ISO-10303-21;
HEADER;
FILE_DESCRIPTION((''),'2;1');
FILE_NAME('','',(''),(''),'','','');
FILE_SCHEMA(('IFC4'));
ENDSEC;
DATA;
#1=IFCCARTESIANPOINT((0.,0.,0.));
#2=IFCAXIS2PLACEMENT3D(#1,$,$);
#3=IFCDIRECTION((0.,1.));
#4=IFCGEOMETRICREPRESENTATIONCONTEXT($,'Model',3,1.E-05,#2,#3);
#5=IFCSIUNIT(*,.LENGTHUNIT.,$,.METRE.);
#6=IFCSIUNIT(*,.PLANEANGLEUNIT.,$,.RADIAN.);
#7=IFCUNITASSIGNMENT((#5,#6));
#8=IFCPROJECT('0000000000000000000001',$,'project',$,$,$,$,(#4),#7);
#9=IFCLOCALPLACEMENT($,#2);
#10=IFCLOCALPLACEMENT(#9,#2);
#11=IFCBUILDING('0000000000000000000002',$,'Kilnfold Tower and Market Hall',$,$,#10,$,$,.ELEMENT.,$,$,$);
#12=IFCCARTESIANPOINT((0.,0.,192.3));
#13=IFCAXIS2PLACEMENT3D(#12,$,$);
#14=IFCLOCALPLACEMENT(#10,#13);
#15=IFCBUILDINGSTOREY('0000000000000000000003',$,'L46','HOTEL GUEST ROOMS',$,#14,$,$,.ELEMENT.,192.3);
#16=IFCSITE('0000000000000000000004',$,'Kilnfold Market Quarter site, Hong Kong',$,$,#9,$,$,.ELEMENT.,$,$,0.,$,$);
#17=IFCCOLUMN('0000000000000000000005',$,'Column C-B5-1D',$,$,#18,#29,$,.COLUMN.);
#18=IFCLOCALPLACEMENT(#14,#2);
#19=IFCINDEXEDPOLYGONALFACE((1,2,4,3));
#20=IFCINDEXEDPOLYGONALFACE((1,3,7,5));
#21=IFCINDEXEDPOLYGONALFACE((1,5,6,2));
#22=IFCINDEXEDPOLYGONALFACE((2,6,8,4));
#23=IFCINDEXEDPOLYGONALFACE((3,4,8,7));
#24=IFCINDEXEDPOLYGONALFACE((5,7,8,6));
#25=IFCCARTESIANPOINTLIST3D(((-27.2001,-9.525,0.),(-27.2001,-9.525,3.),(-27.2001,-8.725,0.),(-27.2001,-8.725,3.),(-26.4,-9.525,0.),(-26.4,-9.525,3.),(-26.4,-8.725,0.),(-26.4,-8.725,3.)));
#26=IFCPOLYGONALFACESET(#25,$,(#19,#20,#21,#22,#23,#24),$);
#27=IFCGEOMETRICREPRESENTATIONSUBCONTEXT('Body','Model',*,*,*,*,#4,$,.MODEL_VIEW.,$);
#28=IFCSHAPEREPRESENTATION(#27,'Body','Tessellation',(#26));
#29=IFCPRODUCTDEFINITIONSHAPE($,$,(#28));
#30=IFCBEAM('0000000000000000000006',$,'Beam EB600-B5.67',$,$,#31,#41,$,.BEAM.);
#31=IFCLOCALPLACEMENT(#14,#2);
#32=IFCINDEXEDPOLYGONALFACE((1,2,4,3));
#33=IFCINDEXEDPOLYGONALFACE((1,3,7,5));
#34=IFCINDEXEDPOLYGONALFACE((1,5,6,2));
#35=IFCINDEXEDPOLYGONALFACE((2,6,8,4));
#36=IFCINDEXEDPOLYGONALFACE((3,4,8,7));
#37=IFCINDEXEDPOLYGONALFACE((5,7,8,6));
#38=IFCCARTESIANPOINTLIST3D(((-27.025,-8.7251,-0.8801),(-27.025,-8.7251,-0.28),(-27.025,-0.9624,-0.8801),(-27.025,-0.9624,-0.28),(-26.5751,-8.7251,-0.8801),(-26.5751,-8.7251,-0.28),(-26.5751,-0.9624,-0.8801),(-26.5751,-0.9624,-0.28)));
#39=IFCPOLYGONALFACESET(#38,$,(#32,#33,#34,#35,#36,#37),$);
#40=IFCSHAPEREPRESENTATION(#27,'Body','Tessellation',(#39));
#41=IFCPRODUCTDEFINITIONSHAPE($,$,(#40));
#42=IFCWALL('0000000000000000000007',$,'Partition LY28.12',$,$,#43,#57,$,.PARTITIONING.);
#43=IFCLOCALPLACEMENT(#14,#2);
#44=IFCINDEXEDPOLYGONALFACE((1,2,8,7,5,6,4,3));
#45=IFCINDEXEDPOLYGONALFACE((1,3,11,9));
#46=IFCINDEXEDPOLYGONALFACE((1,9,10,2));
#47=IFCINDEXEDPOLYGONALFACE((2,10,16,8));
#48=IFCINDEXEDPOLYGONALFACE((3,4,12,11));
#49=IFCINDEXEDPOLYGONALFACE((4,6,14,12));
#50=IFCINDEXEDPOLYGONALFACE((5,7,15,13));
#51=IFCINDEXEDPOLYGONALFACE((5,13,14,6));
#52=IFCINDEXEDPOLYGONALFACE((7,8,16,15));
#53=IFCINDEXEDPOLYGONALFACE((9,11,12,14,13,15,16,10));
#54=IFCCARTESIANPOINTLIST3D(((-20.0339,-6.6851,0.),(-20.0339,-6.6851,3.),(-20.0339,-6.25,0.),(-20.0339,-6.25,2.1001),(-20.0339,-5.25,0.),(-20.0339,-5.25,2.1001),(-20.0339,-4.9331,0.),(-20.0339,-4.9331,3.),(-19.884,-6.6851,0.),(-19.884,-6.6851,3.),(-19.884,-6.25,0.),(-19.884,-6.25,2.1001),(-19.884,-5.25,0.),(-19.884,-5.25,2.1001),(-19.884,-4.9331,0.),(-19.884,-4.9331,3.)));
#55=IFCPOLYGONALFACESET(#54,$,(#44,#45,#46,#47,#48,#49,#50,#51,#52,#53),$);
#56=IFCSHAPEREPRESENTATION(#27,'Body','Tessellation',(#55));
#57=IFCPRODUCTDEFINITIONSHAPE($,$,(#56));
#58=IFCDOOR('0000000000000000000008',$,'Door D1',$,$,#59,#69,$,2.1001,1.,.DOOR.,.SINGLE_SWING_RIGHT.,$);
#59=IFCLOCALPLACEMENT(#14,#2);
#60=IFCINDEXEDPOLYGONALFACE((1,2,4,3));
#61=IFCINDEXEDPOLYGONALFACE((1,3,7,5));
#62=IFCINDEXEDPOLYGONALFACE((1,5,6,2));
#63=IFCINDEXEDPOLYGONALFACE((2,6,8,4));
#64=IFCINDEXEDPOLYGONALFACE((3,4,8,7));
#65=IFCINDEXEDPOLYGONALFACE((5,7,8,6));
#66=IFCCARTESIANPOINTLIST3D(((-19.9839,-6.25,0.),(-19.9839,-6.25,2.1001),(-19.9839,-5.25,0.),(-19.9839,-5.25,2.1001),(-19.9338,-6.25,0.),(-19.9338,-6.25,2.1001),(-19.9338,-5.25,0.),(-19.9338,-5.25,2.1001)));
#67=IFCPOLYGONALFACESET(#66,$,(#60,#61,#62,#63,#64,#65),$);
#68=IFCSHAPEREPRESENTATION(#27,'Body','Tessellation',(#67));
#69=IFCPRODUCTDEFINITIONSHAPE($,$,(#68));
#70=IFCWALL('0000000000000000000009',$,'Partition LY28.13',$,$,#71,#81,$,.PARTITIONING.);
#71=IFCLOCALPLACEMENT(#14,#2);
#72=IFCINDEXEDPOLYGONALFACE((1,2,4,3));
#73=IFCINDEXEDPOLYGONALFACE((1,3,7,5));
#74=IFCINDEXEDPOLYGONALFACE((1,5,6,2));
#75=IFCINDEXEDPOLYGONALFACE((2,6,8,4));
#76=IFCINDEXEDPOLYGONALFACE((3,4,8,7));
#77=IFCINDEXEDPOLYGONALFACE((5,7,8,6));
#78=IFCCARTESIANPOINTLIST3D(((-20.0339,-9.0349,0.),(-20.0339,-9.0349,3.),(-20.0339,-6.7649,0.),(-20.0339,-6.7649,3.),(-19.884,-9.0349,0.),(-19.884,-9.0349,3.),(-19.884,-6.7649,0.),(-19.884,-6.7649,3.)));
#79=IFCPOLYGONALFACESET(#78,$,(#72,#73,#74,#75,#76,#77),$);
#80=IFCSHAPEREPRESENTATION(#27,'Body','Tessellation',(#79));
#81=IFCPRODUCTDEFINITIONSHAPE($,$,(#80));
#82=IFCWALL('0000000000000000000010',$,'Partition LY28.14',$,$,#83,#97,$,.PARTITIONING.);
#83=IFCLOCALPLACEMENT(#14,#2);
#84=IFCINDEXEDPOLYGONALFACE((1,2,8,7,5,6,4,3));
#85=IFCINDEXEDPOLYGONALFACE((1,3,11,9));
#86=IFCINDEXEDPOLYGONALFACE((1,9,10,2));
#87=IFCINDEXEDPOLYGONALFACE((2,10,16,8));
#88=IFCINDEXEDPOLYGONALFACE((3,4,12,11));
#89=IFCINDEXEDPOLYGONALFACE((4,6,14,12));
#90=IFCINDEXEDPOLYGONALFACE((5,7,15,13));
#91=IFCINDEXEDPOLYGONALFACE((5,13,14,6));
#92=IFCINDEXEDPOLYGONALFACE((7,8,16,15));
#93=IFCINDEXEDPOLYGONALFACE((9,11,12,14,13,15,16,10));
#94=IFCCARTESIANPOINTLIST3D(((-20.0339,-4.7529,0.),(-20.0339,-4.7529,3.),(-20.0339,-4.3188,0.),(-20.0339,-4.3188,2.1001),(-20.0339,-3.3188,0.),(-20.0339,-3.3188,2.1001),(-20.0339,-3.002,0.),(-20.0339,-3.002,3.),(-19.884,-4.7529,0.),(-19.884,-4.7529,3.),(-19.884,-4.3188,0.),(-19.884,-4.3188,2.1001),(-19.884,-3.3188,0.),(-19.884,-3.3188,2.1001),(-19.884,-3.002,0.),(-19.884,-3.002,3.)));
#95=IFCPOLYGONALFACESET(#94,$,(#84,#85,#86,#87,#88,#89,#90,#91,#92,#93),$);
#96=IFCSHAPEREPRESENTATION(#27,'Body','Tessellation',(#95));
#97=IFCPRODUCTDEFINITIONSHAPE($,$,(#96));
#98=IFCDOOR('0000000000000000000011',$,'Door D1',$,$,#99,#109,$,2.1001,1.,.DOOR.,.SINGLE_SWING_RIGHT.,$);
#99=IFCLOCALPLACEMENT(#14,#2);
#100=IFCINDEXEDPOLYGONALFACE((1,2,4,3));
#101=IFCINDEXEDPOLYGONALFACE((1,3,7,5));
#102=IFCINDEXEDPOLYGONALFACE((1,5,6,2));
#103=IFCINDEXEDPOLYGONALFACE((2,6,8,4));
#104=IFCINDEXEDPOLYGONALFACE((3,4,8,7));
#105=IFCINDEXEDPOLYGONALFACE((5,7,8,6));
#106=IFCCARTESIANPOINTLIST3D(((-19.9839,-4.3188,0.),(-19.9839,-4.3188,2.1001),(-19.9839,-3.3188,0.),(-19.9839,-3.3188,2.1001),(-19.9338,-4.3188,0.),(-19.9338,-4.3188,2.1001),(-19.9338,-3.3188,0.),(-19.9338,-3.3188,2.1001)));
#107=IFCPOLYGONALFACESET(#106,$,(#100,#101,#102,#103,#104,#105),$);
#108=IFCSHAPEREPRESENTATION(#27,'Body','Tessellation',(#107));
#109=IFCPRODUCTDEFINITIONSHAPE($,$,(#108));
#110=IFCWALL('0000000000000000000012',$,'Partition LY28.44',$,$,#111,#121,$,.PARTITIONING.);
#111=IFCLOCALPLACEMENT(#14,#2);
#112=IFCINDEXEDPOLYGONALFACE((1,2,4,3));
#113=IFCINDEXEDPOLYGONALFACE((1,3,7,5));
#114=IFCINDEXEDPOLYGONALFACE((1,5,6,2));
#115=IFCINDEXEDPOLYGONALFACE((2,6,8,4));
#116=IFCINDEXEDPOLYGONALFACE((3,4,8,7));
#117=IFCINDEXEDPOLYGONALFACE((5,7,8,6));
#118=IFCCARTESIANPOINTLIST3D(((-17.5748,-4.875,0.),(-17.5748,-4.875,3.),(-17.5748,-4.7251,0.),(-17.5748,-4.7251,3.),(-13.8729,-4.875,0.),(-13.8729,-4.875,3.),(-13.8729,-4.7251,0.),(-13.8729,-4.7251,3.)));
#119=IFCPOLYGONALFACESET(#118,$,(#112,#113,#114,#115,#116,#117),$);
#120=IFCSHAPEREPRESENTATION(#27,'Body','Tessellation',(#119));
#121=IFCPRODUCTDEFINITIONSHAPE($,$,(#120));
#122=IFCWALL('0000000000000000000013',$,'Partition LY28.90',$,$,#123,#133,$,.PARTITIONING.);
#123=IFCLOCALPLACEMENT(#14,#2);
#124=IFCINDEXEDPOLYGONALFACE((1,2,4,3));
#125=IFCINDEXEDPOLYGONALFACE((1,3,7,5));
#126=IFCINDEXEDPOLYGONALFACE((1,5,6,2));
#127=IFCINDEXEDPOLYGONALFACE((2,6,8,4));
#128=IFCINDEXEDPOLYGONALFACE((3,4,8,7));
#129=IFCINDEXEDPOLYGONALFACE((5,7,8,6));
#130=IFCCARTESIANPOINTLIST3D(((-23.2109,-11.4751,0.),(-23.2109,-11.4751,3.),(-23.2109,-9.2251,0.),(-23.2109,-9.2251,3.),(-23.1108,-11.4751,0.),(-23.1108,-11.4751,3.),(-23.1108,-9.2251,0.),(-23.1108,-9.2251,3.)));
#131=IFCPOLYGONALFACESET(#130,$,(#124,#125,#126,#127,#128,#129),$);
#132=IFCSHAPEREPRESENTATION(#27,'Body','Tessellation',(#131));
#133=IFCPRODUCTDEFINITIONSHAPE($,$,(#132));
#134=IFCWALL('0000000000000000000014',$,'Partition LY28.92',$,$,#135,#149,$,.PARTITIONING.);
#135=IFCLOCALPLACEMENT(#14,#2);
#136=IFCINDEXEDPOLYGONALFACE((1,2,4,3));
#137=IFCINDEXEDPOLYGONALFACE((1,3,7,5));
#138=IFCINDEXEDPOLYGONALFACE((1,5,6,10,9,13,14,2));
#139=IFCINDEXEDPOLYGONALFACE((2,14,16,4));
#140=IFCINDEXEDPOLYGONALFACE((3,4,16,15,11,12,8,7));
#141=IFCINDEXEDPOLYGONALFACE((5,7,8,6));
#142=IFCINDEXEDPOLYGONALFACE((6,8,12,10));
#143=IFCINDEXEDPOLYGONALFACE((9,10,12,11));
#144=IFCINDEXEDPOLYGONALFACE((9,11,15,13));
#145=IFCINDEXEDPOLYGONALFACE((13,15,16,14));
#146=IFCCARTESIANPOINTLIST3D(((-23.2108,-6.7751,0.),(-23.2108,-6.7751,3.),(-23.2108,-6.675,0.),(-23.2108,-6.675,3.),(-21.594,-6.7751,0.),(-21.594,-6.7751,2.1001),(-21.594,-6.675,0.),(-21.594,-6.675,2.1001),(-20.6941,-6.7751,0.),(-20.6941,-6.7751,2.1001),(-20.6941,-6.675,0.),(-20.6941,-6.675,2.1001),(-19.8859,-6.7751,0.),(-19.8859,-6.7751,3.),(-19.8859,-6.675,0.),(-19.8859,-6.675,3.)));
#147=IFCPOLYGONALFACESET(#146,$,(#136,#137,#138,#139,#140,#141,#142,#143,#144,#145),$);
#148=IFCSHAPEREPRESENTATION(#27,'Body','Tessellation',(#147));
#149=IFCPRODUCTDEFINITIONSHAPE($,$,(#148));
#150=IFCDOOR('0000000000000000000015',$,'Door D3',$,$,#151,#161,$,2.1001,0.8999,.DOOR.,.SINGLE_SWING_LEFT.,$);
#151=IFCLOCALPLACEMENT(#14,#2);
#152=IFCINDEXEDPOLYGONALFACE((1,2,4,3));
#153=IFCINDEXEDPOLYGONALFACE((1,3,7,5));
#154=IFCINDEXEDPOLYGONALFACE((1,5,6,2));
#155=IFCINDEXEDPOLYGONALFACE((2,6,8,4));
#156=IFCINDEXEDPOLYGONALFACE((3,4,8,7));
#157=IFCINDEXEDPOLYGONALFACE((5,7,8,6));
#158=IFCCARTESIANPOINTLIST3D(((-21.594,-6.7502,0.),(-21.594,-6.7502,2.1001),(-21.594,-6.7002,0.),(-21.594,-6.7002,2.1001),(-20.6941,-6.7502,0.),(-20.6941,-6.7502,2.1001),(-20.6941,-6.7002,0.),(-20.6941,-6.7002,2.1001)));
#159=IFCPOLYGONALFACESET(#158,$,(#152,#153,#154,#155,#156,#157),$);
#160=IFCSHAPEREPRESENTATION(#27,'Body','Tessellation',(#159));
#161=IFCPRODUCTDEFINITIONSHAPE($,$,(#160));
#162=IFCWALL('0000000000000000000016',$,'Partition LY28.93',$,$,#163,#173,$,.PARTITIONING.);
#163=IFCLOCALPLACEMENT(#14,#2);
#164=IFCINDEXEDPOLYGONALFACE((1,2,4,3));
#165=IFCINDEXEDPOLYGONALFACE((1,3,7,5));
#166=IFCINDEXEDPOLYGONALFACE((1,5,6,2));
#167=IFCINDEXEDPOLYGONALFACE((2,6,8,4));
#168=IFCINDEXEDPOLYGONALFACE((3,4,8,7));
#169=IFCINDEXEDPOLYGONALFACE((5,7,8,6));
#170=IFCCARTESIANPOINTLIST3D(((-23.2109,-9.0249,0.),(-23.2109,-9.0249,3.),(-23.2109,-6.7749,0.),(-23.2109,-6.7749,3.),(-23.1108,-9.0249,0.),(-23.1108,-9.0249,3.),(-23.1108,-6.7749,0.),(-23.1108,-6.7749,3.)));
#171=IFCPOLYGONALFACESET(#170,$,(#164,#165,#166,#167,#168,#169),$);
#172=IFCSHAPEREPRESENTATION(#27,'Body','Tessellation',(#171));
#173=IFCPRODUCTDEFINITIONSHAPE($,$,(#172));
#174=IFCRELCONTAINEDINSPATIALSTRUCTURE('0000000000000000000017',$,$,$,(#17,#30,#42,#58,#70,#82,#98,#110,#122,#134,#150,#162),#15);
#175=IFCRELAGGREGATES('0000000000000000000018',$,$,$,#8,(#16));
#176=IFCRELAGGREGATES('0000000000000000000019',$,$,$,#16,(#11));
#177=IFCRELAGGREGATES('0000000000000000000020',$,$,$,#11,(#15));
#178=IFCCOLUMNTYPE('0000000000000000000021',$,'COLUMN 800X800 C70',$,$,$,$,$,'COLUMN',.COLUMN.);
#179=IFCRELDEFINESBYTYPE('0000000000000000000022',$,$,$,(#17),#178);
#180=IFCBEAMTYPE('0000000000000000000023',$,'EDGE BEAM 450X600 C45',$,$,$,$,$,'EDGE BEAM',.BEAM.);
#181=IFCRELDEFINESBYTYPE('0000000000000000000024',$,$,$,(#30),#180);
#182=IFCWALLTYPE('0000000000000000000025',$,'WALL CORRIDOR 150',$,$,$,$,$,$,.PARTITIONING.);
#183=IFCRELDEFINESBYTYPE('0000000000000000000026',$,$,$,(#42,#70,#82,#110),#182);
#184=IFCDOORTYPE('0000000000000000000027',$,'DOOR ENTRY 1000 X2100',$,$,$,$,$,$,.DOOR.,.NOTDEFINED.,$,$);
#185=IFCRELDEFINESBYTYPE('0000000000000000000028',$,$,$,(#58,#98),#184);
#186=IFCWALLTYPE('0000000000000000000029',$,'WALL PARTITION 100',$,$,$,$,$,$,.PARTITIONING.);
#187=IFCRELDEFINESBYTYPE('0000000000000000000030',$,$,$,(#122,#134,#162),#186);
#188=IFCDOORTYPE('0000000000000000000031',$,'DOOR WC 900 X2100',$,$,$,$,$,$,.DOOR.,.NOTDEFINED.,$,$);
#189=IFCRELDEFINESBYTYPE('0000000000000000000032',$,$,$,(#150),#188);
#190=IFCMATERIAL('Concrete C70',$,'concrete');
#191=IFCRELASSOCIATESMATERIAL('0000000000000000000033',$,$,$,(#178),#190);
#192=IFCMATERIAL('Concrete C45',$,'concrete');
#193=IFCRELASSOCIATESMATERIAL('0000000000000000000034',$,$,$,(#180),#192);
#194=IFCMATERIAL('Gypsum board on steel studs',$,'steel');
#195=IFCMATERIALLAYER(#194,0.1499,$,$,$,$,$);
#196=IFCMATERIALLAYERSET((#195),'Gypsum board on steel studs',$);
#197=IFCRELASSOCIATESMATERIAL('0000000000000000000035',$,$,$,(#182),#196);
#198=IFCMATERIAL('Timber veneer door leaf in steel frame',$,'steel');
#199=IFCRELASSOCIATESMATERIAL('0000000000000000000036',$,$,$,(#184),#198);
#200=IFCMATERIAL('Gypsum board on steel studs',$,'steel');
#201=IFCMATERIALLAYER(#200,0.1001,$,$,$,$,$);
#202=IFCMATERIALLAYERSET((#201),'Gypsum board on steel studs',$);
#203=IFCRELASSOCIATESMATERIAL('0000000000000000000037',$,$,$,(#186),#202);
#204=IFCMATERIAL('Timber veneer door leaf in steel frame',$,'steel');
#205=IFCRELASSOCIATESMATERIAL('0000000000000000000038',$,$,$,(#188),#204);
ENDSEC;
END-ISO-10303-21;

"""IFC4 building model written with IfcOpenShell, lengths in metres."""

from ifc_helpers import new_model, si_unit, direction, frame, frame_2d, origin, origin_2d, place, context, subcontext, project, spatial, rectangle, extrude, source, transform, mapped, material, layer, layer_set, material_profile, profile_set, type_object, element, fill, save


model = new_model("IFC4")

# Units and contexts
model_context = context("Model", 3, precision=1e-05, world=origin(), true_north=direction((0.0, 1.0)))
body_context = subcontext(model_context, "Body", "Model", "MODEL_VIEW")
ifc_project = project(units=[si_unit("LENGTHUNIT", "METRE"), si_unit("PLANEANGLEUNIT", "RADIAN")], contexts=[model_context])

# Site, building, storey
site_placement = place(None, origin())
site = spatial("IfcSite", under=ifc_project, at=site_placement, Name="Kilnfold Market Quarter site, Hong Kong", CompositionType="ELEMENT", RefElevation=0.0)
building_placement = place(site_placement, origin())
building = spatial("IfcBuilding", under=site, at=building_placement, Name="Kilnfold Tower and Market Hall", CompositionType="ELEMENT")
storey_placement = place(building_placement, frame((0.0, 0.0, 192.3)))
storey = spatial("IfcBuildingStorey", under=building, at=storey_placement, Name="L46", Description="HOTEL GUEST ROOMS", CompositionType="ELEMENT", Elevation=192.3)

# Column
ifc_material_1 = material(Name="Concrete C70", Category="concrete")
ifc_material_profile_1 = material_profile(ifc_material_1, rectangle(XDim=0.8, YDim=0.8, at=origin_2d()), Name="RC 800x800")
ifc_profile_set_1 = profile_set([ifc_material_profile_1], Name="Concrete C70")
column_type = type_object("IfcColumnType", Name="COLUMN 800X800 C70", ElementType="COLUMN", PredefinedType="COLUMN", material=ifc_profile_set_1)
shared_shape_1 = source(origin(), body_context, "Body", "SweptSolid", [
    extrude(rectangle(XDim=0.8, YDim=0.8, at=origin_2d()), origin(), (0.0, 0.0, 1.0), 3.0),
])
column_placement = place(storey_placement, frame((-26.8, -9.125, 0.0), z_axis=(0.0, 0.0, 1.0), x_axis=(1.0, 0.0, 0.0)))
element("IfcColumn", 1, at=column_placement, inside=storey, type_object=column_type, Name="Column C-B5-1D", PredefinedType="COLUMN", context=body_context, shape_type="MappedRepresentation", body=[
    mapped(shared_shape_1, transform((0.0, 0.0, 0.0))),
])

# Beam
ifc_material_2 = material(Name="Concrete C45", Category="concrete")
ifc_material_profile_2 = material_profile(ifc_material_2, rectangle(XDim=0.45, YDim=0.6001, at=origin_2d()), Name="RC 450x600")
ifc_profile_set_2 = profile_set([ifc_material_profile_2], Name="Concrete C45")
beam_type = type_object("IfcBeamType", Name="EDGE BEAM 450X600 C45", ElementType="EDGE BEAM", PredefinedType="BEAM", material=ifc_profile_set_2)
shared_shape_2 = source(origin(), body_context, "Body", "SweptSolid", [
    extrude(rectangle(XDim=0.45, YDim=0.6001, at=origin_2d()), origin(), (0.0, 0.0, 1.0), 7.7627),
])
beam_placement = place(storey_placement, frame((-26.8, -8.7251, -0.5801), z_axis=(0.0, 1.0, 0.0), x_axis=(-1.0, 0.0, 0.0)))
element("IfcBeam", 2, at=beam_placement, inside=storey, type_object=beam_type, Name="Beam EB600-B5.67", PredefinedType="BEAM", context=body_context, shape_type="MappedRepresentation", body=[
    mapped(shared_shape_2, transform((0.0, 0.0, 0.0))),
])

# Wall, opening, door
ifc_material_3 = material(Name="Gypsum board on steel studs", Category="steel")
ifc_layer_1 = layer(ifc_material_3, 0.1499)
ifc_layer_set_1 = layer_set([ifc_layer_1], Name="Gypsum board on steel studs")
wall_type_1 = type_object("IfcWallType", Name="WALL CORRIDOR 150", PredefinedType="PARTITIONING", material=ifc_layer_set_1)
wall_1_placement = place(storey_placement, frame((-19.959, -6.6851, 0.0), z_axis=(0.0, 0.0, 1.0), x_axis=(0.0, 1.0, 0.0)))
wall_1 = element("IfcWall", 3, at=wall_1_placement, inside=storey, type_object=wall_type_1, Name="Partition LY28.12", PredefinedType="PARTITIONING", context=body_context, shape_type="SweptSolid", body=[
    extrude(rectangle(XDim=1.752, YDim=0.1499, at=frame_2d((0.876, 0.0))), origin(), (0.0, 0.0, 1.0), 3.0),
])
opening_1_placement = place(wall_1_placement, frame((0.4351, 0.0, 0.0)))
opening_1 = element("IfcOpeningElement", 4, at=opening_1_placement, cuts=wall_1, PredefinedType="OPENING", context=body_context, shape_type="SweptSolid", body=[
    extrude(rectangle(XDim=1.0, YDim=2.1001, at=frame_2d((0.5, 1.05))), frame((0.0, 0.085, 0.0), z_axis=(0.0, -1.0, 0.0), x_axis=(1.0, 0.0, 0.0)), (0.0, 0.0, 1.0), 0.1699),
])
ifc_material_4 = material(Name="Timber veneer door leaf in steel frame", Category="steel")
door_type_1 = type_object("IfcDoorType", Name="DOOR ENTRY 1000 X2100", OperationType="NOTDEFINED", PredefinedType="DOOR", material=ifc_material_4)
door_1_placement = place(opening_1_placement, origin())
door_1 = element("IfcDoor", 5, at=door_1_placement, inside=storey, type_object=door_type_1, Name="Door D1", OperationType="SINGLE_SWING_RIGHT", OverallHeight=2.1001, OverallWidth=1.0, PredefinedType="DOOR", context=body_context, shape_type="SweptSolid", body=[
    extrude(rectangle(XDim=1.0, YDim=2.1001, at=frame_2d((0.5, 1.05))), frame((0.0, 0.0249, 0.0), z_axis=(0.0, -1.0, 0.0), x_axis=(1.0, 0.0, 0.0)), (0.0, 0.0, 1.0), 0.05),
])
fill(opening_1, door_1)

# Wall
wall_2_placement = place(storey_placement, frame((-19.959, -9.0349, 0.0), z_axis=(0.0, 0.0, 1.0), x_axis=(0.0, 1.0, 0.0)))
element("IfcWall", 6, at=wall_2_placement, inside=storey, type_object=wall_type_1, Name="Partition LY28.13", PredefinedType="PARTITIONING", context=body_context, shape_type="SweptSolid", body=[
    extrude(rectangle(XDim=2.27, YDim=0.1499, at=frame_2d((1.135, 0.0))), origin(), (0.0, 0.0, 1.0), 3.0),
])

# Wall, opening, door
wall_3_placement = place(storey_placement, frame((-19.959, -4.7529, 0.0), z_axis=(0.0, 0.0, 1.0), x_axis=(0.0, 1.0, 0.0)))
wall_3 = element("IfcWall", 7, at=wall_3_placement, inside=storey, type_object=wall_type_1, Name="Partition LY28.14", PredefinedType="PARTITIONING", context=body_context, shape_type="SweptSolid", body=[
    extrude(rectangle(XDim=1.751, YDim=0.1499, at=frame_2d((0.8755, 0.0))), origin(), (0.0, 0.0, 1.0), 3.0),
])
opening_2_placement = place(wall_3_placement, frame((0.4341, 0.0, 0.0)))
opening_2 = element("IfcOpeningElement", 8, at=opening_2_placement, cuts=wall_3, PredefinedType="OPENING", context=body_context, shape_type="SweptSolid", body=[
    extrude(rectangle(XDim=1.0, YDim=2.1001, at=frame_2d((0.5, 1.05))), frame((0.0, 0.085, 0.0), z_axis=(0.0, -1.0, 0.0), x_axis=(1.0, 0.0, 0.0)), (0.0, 0.0, 1.0), 0.1699),
])
door_2_placement = place(opening_2_placement, origin())
door_2 = element("IfcDoor", 9, at=door_2_placement, inside=storey, type_object=door_type_1, Name="Door D1", OperationType="SINGLE_SWING_RIGHT", OverallHeight=2.1001, OverallWidth=1.0, PredefinedType="DOOR", context=body_context, shape_type="SweptSolid", body=[
    extrude(rectangle(XDim=1.0, YDim=2.1001, at=frame_2d((0.5, 1.05))), frame((0.0, 0.0249, 0.0), z_axis=(0.0, -1.0, 0.0), x_axis=(1.0, 0.0, 0.0)), (0.0, 0.0, 1.0), 0.05),
])
fill(opening_2, door_2)

# Walls
wall_4_placement = place(storey_placement, frame((-17.575, -4.8, 0.0), z_axis=(0.0, 0.0, 1.0), x_axis=(1.0, 0.0, 0.0)))
element("IfcWall", 10, at=wall_4_placement, inside=storey, type_object=wall_type_1, Name="Partition LY28.44", PredefinedType="PARTITIONING", context=body_context, shape_type="SweptSolid", body=[
    extrude(rectangle(XDim=3.7019, YDim=0.1499, at=frame_2d((1.8511, 0.0))), origin(), (0.0, 0.0, 1.0), 3.0),
])
ifc_material_5 = material(Name="Gypsum board on steel studs", Category="steel")
ifc_layer_2 = layer(ifc_material_5, 0.1001)
ifc_layer_set_2 = layer_set([ifc_layer_2], Name="Gypsum board on steel studs")
wall_type_2 = type_object("IfcWallType", Name="WALL PARTITION 100", PredefinedType="PARTITIONING", material=ifc_layer_set_2)
wall_5_placement = place(storey_placement, frame((-23.1609, -11.4751, 0.0), z_axis=(0.0, 0.0, 1.0), x_axis=(0.0, 1.0, 0.0)))
element("IfcWall", 11, at=wall_5_placement, inside=storey, type_object=wall_type_2, Name="Partition LY28.90", PredefinedType="PARTITIONING", context=body_context, shape_type="SweptSolid", body=[
    extrude(rectangle(XDim=2.25, YDim=0.1001, at=frame_2d((1.125, 0.0))), origin(), (0.0, 0.0, 1.0), 3.0),
])

# Wall, opening, door
wall_6_placement = place(storey_placement, frame((-23.2109, -6.7251, 0.0), z_axis=(0.0, 0.0, 1.0), x_axis=(1.0, 0.0, 0.0)))
wall_6 = element("IfcWall", 12, at=wall_6_placement, inside=storey, type_object=wall_type_2, Name="Partition LY28.92", PredefinedType="PARTITIONING", context=body_context, shape_type="SweptSolid", body=[
    extrude(rectangle(XDim=3.325, YDim=0.1001, at=frame_2d((1.6626, 0.0))), origin(), (0.0, 0.0, 1.0), 3.0),
])
opening_3_placement = place(wall_6_placement, frame((1.6169, 0.0, 0.0)))
opening_3 = element("IfcOpeningElement", 13, at=opening_3_placement, cuts=wall_6, PredefinedType="OPENING", context=body_context, shape_type="SweptSolid", body=[
    extrude(rectangle(XDim=0.8999, YDim=2.1001, at=frame_2d((0.45, 1.05))), frame((0.0, 0.0601, 0.0), z_axis=(0.0, -1.0, 0.0), x_axis=(1.0, 0.0, 0.0)), (0.0, 0.0, 1.0), 0.1201),
])
ifc_material_6 = material(Name="Timber veneer door leaf in steel frame", Category="steel")
door_type_2 = type_object("IfcDoorType", Name="DOOR WC 900 X2100", OperationType="NOTDEFINED", PredefinedType="DOOR", material=ifc_material_6)
door_3_placement = place(opening_3_placement, origin())
door_3 = element("IfcDoor", 14, at=door_3_placement, inside=storey, type_object=door_type_2, Name="Door D3", OperationType="SINGLE_SWING_LEFT", OverallHeight=2.1001, OverallWidth=0.8999, PredefinedType="DOOR", context=body_context, shape_type="SweptSolid", body=[
    extrude(rectangle(XDim=0.8999, YDim=2.1001, at=frame_2d((0.45, 1.05))), frame((0.0, 0.0249, 0.0), z_axis=(0.0, -1.0, 0.0), x_axis=(1.0, 0.0, 0.0)), (0.0, 0.0, 1.0), 0.05),
])
fill(opening_3, door_3)

# Wall
wall_7_placement = place(storey_placement, frame((-23.1609, -9.0249, 0.0), z_axis=(0.0, 0.0, 1.0), x_axis=(0.0, 1.0, 0.0)))
element("IfcWall", 15, at=wall_7_placement, inside=storey, type_object=wall_type_2, Name="Partition LY28.93", PredefinedType="PARTITIONING", context=body_context, shape_type="SweptSolid", body=[
    extrude(rectangle(XDim=2.25, YDim=0.1001, at=frame_2d((1.125, 0.0))), origin(), (0.0, 0.0, 1.0), 3.0),
])

save(model, "model.ifc")
